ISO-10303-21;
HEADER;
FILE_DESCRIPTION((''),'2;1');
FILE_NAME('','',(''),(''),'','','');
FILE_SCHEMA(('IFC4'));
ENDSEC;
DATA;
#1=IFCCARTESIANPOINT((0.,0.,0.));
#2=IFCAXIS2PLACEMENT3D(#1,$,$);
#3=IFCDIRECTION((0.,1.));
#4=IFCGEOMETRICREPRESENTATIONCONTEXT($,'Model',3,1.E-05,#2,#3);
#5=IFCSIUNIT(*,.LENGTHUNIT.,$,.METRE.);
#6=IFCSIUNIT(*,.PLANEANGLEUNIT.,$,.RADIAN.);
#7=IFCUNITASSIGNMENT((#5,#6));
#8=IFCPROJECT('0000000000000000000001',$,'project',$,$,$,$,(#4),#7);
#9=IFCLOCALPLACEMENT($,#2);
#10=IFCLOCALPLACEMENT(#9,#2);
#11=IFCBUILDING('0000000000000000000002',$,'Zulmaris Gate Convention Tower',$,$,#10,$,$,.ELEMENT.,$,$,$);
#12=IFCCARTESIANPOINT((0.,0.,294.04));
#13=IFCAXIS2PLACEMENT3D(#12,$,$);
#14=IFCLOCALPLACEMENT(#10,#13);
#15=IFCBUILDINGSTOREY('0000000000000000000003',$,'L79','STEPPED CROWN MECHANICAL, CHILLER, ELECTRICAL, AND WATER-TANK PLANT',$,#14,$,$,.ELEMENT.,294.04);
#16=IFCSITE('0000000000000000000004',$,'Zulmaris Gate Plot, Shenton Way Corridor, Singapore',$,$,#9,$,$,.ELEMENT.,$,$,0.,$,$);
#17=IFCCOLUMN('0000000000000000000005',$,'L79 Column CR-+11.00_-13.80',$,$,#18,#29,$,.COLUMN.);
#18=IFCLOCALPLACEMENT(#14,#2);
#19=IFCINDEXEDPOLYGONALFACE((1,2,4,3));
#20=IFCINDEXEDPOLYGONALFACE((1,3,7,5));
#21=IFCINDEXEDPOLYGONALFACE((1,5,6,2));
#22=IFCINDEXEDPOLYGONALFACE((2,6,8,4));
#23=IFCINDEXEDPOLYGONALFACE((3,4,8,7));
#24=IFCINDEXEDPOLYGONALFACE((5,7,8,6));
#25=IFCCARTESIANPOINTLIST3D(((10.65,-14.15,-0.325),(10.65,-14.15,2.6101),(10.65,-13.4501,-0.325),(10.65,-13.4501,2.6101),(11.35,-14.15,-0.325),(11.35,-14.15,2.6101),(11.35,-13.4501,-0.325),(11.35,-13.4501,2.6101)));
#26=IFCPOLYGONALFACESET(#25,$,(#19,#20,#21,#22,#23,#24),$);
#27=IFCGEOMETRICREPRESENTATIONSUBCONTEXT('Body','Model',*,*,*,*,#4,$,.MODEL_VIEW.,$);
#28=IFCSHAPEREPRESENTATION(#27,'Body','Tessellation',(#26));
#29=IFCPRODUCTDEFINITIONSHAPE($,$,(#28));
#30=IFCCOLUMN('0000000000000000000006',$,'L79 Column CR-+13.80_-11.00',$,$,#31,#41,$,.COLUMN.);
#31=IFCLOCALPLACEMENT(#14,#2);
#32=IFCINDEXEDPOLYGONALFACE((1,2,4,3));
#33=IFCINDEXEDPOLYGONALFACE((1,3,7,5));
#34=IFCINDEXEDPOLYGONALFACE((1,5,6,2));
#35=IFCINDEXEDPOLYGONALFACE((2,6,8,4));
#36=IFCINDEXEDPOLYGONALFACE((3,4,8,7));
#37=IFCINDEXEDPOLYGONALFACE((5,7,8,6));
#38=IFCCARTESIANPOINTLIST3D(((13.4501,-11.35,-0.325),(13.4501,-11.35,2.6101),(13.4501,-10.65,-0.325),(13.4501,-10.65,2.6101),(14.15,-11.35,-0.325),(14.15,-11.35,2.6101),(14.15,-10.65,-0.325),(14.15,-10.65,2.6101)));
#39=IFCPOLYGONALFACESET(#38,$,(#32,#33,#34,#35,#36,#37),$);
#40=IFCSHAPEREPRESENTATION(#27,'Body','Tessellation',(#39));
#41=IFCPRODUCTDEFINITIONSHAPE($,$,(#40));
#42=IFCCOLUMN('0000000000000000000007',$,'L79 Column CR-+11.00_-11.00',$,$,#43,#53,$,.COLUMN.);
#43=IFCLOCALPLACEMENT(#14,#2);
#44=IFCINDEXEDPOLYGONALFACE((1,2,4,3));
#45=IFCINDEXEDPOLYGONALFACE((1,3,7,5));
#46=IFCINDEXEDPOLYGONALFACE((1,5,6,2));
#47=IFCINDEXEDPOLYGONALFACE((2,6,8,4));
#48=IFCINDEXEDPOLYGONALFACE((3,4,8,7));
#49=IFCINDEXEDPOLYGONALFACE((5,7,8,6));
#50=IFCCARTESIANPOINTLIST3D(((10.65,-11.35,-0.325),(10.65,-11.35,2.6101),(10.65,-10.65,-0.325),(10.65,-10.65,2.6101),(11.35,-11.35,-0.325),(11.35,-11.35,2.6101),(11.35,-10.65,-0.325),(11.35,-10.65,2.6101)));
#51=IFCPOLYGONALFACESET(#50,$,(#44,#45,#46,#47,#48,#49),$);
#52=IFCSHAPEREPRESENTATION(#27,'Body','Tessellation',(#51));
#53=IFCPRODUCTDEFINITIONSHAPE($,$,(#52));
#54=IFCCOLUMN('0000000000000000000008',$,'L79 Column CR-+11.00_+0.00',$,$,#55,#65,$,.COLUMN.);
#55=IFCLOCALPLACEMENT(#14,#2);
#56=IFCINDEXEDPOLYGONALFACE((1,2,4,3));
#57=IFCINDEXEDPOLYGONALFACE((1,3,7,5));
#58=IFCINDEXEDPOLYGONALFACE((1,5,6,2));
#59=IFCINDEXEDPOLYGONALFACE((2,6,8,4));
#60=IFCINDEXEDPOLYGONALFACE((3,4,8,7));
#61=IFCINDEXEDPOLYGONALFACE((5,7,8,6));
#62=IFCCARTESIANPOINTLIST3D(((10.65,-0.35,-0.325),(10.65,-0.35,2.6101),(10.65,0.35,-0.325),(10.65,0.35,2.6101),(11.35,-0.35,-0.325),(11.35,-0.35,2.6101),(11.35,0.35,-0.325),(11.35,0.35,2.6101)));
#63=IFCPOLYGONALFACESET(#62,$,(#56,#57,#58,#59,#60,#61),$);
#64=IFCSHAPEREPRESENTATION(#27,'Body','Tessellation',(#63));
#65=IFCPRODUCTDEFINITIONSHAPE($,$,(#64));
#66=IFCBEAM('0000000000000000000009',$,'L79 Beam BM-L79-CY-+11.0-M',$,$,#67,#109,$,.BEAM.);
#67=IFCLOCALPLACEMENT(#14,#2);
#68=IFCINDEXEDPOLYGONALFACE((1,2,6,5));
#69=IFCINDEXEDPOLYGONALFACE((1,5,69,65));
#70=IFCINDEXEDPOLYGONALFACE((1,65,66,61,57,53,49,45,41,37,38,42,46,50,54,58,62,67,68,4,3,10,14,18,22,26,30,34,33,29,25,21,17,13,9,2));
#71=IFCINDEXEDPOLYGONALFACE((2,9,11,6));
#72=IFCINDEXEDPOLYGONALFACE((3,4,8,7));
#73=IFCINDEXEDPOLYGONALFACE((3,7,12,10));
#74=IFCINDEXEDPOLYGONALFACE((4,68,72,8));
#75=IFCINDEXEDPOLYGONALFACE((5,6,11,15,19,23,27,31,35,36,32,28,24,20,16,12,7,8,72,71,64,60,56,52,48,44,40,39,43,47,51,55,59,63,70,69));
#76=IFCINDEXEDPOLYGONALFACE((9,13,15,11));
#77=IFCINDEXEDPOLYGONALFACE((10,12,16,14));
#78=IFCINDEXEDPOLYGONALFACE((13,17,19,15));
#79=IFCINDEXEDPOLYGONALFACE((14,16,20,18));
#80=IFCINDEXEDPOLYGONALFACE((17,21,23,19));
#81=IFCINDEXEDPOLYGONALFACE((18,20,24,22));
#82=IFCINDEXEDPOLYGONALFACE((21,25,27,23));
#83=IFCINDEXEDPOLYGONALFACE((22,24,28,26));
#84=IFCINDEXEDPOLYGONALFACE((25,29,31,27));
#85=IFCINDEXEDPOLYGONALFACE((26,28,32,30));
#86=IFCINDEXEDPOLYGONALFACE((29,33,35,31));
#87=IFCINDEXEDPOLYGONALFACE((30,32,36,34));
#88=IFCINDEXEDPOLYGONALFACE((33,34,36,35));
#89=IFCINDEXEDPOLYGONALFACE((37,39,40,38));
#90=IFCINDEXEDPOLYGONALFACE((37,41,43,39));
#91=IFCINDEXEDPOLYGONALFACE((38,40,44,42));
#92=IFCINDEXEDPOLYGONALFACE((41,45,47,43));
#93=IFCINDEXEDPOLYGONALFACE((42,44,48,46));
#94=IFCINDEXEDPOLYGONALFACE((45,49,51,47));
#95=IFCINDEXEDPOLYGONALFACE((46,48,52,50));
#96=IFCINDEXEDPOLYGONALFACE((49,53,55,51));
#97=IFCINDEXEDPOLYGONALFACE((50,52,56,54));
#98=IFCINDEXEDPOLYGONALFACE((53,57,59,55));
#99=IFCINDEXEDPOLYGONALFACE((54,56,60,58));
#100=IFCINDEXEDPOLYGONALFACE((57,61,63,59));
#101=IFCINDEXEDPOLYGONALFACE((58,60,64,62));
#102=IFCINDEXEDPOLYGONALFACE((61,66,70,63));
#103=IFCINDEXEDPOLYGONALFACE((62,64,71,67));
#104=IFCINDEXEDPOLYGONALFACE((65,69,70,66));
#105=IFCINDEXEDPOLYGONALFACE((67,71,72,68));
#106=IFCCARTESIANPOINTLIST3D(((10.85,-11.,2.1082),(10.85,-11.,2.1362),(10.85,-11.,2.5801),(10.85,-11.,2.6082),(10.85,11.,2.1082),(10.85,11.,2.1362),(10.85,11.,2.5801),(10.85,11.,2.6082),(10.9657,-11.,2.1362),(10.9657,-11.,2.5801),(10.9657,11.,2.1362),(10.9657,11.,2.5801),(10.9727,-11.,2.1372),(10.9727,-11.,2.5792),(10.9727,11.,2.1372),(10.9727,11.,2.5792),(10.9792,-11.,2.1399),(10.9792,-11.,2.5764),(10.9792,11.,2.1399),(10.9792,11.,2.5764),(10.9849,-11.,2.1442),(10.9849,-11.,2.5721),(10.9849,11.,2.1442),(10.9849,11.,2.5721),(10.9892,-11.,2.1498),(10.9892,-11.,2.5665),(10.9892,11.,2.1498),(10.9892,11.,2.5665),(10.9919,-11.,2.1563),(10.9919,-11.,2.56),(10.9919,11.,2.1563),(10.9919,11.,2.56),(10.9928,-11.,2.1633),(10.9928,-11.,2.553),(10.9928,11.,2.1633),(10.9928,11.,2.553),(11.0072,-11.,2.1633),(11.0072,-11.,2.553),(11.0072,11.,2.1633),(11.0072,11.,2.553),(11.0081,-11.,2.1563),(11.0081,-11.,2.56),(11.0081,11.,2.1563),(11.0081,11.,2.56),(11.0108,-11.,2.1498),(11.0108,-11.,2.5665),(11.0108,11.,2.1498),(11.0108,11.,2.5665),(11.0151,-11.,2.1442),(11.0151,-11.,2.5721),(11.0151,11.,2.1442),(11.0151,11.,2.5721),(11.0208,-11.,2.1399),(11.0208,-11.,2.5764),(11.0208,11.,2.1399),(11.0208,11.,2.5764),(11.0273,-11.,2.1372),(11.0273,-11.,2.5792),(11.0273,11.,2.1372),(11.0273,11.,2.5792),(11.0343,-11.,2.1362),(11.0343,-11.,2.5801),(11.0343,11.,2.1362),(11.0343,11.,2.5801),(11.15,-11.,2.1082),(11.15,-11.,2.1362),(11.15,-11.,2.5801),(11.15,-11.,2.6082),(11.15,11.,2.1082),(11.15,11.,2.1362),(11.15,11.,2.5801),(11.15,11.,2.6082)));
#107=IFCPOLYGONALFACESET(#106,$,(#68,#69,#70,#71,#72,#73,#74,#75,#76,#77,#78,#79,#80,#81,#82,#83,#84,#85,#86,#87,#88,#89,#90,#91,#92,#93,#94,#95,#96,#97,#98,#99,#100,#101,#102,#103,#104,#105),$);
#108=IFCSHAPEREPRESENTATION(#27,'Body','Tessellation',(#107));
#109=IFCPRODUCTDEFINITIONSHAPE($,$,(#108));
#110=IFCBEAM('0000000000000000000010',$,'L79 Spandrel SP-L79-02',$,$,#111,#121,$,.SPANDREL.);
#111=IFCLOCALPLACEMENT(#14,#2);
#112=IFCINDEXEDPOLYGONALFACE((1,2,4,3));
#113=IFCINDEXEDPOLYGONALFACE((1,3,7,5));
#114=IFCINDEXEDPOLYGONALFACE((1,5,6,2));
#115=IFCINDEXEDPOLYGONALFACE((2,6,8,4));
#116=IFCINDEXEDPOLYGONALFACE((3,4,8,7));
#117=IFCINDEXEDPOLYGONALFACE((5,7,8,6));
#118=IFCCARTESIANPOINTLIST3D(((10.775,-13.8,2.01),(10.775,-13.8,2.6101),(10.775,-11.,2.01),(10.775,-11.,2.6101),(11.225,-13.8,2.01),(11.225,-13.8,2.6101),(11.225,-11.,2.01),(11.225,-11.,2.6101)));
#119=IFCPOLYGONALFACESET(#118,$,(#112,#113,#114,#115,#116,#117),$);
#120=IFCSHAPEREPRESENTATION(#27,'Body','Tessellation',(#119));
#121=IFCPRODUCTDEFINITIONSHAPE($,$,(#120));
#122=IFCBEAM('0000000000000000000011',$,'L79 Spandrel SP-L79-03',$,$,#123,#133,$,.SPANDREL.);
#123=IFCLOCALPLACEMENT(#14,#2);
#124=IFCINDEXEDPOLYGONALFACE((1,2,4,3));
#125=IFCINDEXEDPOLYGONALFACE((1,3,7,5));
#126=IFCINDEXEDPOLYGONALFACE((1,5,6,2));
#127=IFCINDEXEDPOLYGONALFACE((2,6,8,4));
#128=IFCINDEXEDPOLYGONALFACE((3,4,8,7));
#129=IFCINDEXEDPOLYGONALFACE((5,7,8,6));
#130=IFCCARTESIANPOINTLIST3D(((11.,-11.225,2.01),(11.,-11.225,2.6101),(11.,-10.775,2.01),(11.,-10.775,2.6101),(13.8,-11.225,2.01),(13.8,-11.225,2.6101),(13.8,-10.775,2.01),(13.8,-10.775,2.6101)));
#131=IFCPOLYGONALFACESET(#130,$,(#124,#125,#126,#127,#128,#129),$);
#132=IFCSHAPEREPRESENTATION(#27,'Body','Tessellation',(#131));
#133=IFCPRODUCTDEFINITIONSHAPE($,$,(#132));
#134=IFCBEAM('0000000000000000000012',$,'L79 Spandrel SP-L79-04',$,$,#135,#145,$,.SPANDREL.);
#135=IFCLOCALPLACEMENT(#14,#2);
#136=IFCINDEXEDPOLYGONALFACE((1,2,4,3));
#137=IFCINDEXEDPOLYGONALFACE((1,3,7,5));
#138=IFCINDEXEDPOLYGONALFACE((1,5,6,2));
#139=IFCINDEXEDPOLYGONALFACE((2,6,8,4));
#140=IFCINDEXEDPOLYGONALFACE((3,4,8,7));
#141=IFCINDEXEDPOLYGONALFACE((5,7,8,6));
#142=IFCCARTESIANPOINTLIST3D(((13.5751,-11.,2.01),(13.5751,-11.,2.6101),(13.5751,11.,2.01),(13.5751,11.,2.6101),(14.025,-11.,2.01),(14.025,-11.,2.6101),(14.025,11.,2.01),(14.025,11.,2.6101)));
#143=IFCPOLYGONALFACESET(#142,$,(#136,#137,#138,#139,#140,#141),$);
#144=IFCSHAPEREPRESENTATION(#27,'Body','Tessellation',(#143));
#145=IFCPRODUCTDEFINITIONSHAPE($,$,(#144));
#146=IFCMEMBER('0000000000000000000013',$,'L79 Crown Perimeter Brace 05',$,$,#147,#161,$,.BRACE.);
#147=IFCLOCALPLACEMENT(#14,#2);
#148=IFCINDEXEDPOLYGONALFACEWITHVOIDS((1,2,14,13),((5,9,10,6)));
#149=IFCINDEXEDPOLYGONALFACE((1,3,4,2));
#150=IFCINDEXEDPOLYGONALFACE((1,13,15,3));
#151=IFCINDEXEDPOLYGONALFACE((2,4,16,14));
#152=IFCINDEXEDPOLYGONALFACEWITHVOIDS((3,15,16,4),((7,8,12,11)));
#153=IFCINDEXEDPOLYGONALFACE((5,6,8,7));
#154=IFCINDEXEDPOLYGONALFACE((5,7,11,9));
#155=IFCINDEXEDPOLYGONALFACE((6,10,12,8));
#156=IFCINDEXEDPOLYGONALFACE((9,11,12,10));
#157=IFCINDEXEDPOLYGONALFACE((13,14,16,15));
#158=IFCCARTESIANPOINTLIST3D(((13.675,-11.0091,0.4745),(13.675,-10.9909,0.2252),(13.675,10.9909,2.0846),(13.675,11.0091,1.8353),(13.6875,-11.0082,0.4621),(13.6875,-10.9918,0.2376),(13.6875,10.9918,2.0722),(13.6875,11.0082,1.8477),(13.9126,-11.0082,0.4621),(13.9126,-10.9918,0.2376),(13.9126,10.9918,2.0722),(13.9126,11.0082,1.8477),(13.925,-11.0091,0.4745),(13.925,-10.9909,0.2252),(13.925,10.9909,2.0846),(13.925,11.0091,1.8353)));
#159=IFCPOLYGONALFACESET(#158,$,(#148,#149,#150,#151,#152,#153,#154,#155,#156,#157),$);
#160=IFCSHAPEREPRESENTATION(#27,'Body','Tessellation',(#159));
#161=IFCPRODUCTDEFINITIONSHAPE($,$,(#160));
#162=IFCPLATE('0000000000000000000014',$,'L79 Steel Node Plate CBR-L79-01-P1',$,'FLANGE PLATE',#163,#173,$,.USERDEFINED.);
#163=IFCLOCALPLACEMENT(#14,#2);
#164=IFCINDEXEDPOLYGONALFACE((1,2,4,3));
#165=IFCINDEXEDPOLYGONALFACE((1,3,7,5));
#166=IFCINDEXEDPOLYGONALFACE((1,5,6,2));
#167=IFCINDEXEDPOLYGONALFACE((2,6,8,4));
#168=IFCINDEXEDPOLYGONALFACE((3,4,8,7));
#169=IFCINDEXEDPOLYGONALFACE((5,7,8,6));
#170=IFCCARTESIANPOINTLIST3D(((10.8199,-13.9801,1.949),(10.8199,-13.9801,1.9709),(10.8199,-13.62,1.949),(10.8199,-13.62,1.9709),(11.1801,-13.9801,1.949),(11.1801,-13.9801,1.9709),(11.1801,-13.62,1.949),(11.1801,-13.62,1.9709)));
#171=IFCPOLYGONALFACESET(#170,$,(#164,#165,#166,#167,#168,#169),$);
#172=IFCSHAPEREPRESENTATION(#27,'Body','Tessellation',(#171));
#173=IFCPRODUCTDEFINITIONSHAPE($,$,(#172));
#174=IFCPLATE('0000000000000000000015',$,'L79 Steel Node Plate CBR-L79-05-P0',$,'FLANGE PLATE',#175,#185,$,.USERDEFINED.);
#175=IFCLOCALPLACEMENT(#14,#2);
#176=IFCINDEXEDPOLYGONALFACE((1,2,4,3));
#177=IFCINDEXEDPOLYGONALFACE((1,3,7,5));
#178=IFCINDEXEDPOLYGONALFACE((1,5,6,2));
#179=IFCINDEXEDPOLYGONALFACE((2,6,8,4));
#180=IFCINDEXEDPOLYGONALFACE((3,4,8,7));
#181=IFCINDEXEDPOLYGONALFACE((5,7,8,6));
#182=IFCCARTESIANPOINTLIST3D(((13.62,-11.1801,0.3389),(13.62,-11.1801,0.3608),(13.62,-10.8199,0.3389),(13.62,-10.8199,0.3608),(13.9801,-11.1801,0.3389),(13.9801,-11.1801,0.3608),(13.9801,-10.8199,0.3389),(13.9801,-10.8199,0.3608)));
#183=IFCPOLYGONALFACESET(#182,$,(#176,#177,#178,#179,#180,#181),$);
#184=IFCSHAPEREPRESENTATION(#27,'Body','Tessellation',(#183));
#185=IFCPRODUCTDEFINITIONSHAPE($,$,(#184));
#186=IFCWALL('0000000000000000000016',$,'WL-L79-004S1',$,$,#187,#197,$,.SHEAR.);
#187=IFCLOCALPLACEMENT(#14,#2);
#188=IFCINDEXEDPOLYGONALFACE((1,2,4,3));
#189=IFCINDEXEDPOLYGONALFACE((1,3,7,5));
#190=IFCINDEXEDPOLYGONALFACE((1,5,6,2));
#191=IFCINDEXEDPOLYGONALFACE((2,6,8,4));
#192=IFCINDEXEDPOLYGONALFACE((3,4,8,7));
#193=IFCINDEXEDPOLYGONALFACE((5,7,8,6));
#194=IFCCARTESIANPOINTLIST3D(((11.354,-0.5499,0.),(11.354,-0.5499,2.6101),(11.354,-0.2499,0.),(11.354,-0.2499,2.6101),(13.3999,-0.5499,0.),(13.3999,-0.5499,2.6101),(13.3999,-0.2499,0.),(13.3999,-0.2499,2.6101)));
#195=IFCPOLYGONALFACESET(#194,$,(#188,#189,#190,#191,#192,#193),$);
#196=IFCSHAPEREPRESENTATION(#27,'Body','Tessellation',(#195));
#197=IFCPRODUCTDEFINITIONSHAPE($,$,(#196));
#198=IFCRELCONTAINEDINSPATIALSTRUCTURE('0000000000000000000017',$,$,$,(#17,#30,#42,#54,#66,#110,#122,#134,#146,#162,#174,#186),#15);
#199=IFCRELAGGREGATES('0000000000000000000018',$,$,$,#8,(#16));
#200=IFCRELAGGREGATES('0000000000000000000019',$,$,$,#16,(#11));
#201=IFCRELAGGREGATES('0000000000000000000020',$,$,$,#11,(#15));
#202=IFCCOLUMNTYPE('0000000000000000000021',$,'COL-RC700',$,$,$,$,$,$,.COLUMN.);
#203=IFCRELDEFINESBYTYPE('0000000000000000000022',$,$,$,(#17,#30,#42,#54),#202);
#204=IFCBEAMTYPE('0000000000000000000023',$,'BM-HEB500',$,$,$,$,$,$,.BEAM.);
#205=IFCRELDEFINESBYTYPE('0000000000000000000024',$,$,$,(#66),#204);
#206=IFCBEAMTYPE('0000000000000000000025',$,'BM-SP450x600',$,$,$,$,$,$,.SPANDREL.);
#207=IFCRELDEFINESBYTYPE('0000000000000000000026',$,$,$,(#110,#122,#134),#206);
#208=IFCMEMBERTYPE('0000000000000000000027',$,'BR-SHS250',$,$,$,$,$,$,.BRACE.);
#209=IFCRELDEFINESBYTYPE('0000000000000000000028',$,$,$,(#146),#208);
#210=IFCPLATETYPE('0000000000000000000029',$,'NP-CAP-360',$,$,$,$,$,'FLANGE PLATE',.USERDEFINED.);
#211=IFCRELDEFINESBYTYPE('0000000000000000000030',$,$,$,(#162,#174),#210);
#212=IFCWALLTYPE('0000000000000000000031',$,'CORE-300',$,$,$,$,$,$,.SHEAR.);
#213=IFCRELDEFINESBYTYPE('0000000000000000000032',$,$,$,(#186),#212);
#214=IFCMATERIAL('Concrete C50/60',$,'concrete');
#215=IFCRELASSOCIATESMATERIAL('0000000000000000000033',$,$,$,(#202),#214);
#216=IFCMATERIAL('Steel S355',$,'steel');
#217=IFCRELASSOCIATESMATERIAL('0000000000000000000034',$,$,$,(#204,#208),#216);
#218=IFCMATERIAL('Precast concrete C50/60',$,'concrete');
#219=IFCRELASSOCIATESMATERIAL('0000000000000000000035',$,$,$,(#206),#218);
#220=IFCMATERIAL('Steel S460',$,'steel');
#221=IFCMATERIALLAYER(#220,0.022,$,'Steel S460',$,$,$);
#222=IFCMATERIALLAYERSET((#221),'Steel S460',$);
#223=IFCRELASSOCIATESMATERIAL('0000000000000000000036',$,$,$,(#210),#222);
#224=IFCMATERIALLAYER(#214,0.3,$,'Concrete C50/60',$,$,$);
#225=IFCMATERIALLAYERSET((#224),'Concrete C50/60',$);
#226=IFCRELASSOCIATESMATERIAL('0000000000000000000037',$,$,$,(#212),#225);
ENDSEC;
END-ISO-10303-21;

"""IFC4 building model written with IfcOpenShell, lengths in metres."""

from ifc_helpers import new_model, si_unit, direction, frame, frame_2d, origin, origin_2d, place, context, subcontext, project, spatial, rectangle, hollow_rectangle, i_section, extrude, material, layer, layer_set, material_profile, profile_set, type_object, element, save


model = new_model("IFC4")

# Units and contexts
model_context = context("Model", 3, precision=1e-05, world=origin(), true_north=direction((0.0, 1.0)))
body_context = subcontext(model_context, "Body", "Model", "MODEL_VIEW")
ifc_project = project(units=[si_unit("LENGTHUNIT", "METRE"), si_unit("PLANEANGLEUNIT", "RADIAN")], contexts=[model_context])

# Site, building, storey
site_placement = place(None, origin())
site = spatial("IfcSite", under=ifc_project, at=site_placement, Name="Zulmaris Gate Plot, Shenton Way Corridor, Singapore", CompositionType="ELEMENT", RefElevation=0.0)
building_placement = place(site_placement, origin())
building = spatial("IfcBuilding", under=site, at=building_placement, Name="Zulmaris Gate Convention Tower", CompositionType="ELEMENT")
storey_placement = place(building_placement, frame((0.0, 0.0, 294.04)))
storey = spatial("IfcBuildingStorey", under=building, at=storey_placement, Name="L79", Description="STEPPED CROWN MECHANICAL, CHILLER, ELECTRICAL, AND WATER-TANK PLANT", CompositionType="ELEMENT", Elevation=294.04)

# Columns
ifc_material_1 = material(Name="Concrete C50/60", Category="concrete")
ifc_material_profile_1 = material_profile(ifc_material_1, rectangle(XDim=0.7, YDim=0.7, at=origin_2d()), Name="RC COL 700x700")
ifc_profile_set_1 = profile_set([ifc_material_profile_1], Name="Concrete C50/60")
column_type = type_object("IfcColumnType", Name="COL-RC700", PredefinedType="COLUMN", material=ifc_profile_set_1)
for number, where, z_axis, x_axis, name in (
    (1, (11.0, -13.8, -0.325), (0.0, 0.0, 1.0), (1.0, 0.0, 0.0), "L79 Column CR-+11.00_-13.80"),
    (2, (13.8, -11.0, -0.325), (0.0, 0.0, 1.0), (1.0, 0.0, 0.0), "L79 Column CR-+13.80_-11.00"),
    (3, (11.0, -11.0, -0.325), (0.0, 0.0, 1.0), (1.0, 0.0, 0.0), "L79 Column CR-+11.00_-11.00"),
    (4, (11.0, 0.0, -0.325), (0.0, 0.0, 1.0), (1.0, 0.0, 0.0), "L79 Column CR-+11.00_+0.00"),
):
    element("IfcColumn", number, at=place(storey_placement, frame(where, z_axis=z_axis, x_axis=x_axis)), inside=storey, type_object=column_type, Name=name, PredefinedType="COLUMN", context=body_context, shape_type="SweptSolid", body=[
        extrude(rectangle(XDim=0.7, YDim=0.7, at=origin_2d()), origin(), (0.0, 0.0, 1.0), 2.9351),
    ])

# Beams
ifc_material_2 = material(Name="Steel S355", Category="steel")
ifc_material_profile_2 = material_profile(ifc_material_2, i_section(OverallWidth=0.3, OverallDepth=0.5, WebThickness=0.0144, FlangeThickness=0.0281, FilletRadius=0.0271, at=origin_2d()), Name="HEB 500")
ifc_profile_set_2 = profile_set([ifc_material_profile_2], Name="Steel S355")
beam_type_1 = type_object("IfcBeamType", Name="BM-HEB500", PredefinedType="BEAM", material=ifc_profile_set_2)
beam_1_placement = place(storey_placement, frame((11.0, -11.0, 2.3582), z_axis=(0.0, 1.0, 0.0), x_axis=(-1.0, 0.0, 0.0)))
element("IfcBeam", 5, at=beam_1_placement, inside=storey, type_object=beam_type_1, Name="L79 Beam BM-L79-CY-+11.0-M", PredefinedType="BEAM", context=body_context, shape_type="SweptSolid", body=[
    extrude(i_section(OverallWidth=0.3, OverallDepth=0.5, WebThickness=0.0144, FlangeThickness=0.0281, FilletRadius=0.0271, at=origin_2d()), origin(), (0.0, 0.0, 1.0), 22.0),
])
ifc_material_3 = material(Name="Precast concrete C50/60", Category="concrete")
ifc_material_profile_3 = material_profile(ifc_material_3, rectangle(XDim=0.45, YDim=0.6001, at=origin_2d()), Name="RC SPANDREL 450x600")
ifc_profile_set_3 = profile_set([ifc_material_profile_3], Name="Precast concrete C50/60")
beam_type_2 = type_object("IfcBeamType", Name="BM-SP450x600", PredefinedType="SPANDREL", material=ifc_profile_set_3)
for number, where, z_axis, x_axis, name in (
    (6, (11.0, -13.8, 2.3101), (0.0, 1.0, 0.0), (-1.0, 0.0, 0.0), "L79 Spandrel SP-L79-02"),
    (7, (11.0, -11.0, 2.3101), (1.0, 0.0, 0.0), (0.0, 1.0, 0.0), "L79 Spandrel SP-L79-03"),
):
    element("IfcBeam", number, at=place(storey_placement, frame(where, z_axis=z_axis, x_axis=x_axis)), inside=storey, type_object=beam_type_2, Name=name, PredefinedType="SPANDREL", context=body_context, shape_type="SweptSolid", body=[
        extrude(rectangle(XDim=0.45, YDim=0.6001, at=origin_2d()), origin(), (0.0, 0.0, 1.0), 2.8),
    ])
beam_2_placement = place(storey_placement, frame((13.8, -11.0, 2.3101), z_axis=(0.0, 1.0, 0.0), x_axis=(-1.0, 0.0, 0.0)))
element("IfcBeam", 8, at=beam_2_placement, inside=storey, type_object=beam_type_2, Name="L79 Spandrel SP-L79-04", PredefinedType="SPANDREL", context=body_context, shape_type="SweptSolid", body=[
    extrude(rectangle(XDim=0.45, YDim=0.6001, at=origin_2d()), origin(), (0.0, 0.0, 1.0), 22.0),
])

# Member
ifc_material_profile_4 = material_profile(ifc_material_2, hollow_rectangle(XDim=0.25, YDim=0.25, WallThickness=0.0125, at=origin_2d()), Name="SHS 250x250x12.5")
ifc_profile_set_4 = profile_set([ifc_material_profile_4], Name="Steel S355")
member_type = type_object("IfcMemberType", Name="BR-SHS250", PredefinedType="BRACE", material=ifc_profile_set_4)
member_placement = place(storey_placement, frame((13.8, -11.0, 0.3499), z_axis=(0.0, 0.997333, 0.072991), x_axis=(-1.0, 0.0, 0.0)))
element("IfcMember", 9, at=member_placement, inside=storey, type_object=member_type, Name="L79 Crown Perimeter Brace 05", PredefinedType="BRACE", context=body_context, shape_type="SweptSolid", body=[
    extrude(hollow_rectangle(XDim=0.25, YDim=0.25, WallThickness=0.0125, at=origin_2d()), origin(), (0.0, 0.0, 1.0), 22.0588),
])

# Plates
ifc_material_4 = material(Name="Steel S460", Category="steel")
ifc_layer_1 = layer(ifc_material_4, 0.022, Name="Steel S460")
ifc_layer_set_1 = layer_set([ifc_layer_1], Name="Steel S460")
plate_type = type_object("IfcPlateType", Name="NP-CAP-360", ElementType="FLANGE PLATE", PredefinedType="USERDEFINED", material=ifc_layer_set_1)
for number, where, z_axis, x_axis, name in (
    (10, (11.0, -13.8, 1.949), (0.0, 0.0, 1.0), (1.0, 0.0, 0.0), "L79 Steel Node Plate CBR-L79-01-P1"),
    (11, (13.8, -11.0, 0.3389), (0.0, 0.0, 1.0), (1.0, 0.0, 0.0), "L79 Steel Node Plate CBR-L79-05-P0"),
):
    element("IfcPlate", number, at=place(storey_placement, frame(where, z_axis=z_axis, x_axis=x_axis)), inside=storey, type_object=plate_type, Name=name, ObjectType="FLANGE PLATE", PredefinedType="USERDEFINED", context=body_context, shape_type="SweptSolid", body=[
        extrude(rectangle(XDim=0.3601, YDim=0.3601, at=origin_2d()), origin(), (0.0, 0.0, 1.0), 0.022),
    ])

# Wall
ifc_layer_2 = layer(ifc_material_1, 0.3, Name="Concrete C50/60")
ifc_layer_set_2 = layer_set([ifc_layer_2], Name="Concrete C50/60")
wall_type_1 = type_object("IfcWallType", Name="CORE-300", PredefinedType="SHEAR", material=ifc_layer_set_2)
wall_1_placement = place(storey_placement, frame((11.354, -0.3999, 0.0), z_axis=(0.0, 0.0, 1.0), x_axis=(1.0, 0.0, 0.0)))
element("IfcWall", 12, at=wall_1_placement, inside=storey, type_object=wall_type_1, Name="WL-L79-004S1", PredefinedType="SHEAR", context=body_context, shape_type="SweptSolid", body=[
    extrude(rectangle(XDim=2.0459, YDim=0.3, at=frame_2d((1.0229, 0.0))), origin(), (0.0, 0.0, 1.0), 2.6101),
])

save(model, "model.ifc")
